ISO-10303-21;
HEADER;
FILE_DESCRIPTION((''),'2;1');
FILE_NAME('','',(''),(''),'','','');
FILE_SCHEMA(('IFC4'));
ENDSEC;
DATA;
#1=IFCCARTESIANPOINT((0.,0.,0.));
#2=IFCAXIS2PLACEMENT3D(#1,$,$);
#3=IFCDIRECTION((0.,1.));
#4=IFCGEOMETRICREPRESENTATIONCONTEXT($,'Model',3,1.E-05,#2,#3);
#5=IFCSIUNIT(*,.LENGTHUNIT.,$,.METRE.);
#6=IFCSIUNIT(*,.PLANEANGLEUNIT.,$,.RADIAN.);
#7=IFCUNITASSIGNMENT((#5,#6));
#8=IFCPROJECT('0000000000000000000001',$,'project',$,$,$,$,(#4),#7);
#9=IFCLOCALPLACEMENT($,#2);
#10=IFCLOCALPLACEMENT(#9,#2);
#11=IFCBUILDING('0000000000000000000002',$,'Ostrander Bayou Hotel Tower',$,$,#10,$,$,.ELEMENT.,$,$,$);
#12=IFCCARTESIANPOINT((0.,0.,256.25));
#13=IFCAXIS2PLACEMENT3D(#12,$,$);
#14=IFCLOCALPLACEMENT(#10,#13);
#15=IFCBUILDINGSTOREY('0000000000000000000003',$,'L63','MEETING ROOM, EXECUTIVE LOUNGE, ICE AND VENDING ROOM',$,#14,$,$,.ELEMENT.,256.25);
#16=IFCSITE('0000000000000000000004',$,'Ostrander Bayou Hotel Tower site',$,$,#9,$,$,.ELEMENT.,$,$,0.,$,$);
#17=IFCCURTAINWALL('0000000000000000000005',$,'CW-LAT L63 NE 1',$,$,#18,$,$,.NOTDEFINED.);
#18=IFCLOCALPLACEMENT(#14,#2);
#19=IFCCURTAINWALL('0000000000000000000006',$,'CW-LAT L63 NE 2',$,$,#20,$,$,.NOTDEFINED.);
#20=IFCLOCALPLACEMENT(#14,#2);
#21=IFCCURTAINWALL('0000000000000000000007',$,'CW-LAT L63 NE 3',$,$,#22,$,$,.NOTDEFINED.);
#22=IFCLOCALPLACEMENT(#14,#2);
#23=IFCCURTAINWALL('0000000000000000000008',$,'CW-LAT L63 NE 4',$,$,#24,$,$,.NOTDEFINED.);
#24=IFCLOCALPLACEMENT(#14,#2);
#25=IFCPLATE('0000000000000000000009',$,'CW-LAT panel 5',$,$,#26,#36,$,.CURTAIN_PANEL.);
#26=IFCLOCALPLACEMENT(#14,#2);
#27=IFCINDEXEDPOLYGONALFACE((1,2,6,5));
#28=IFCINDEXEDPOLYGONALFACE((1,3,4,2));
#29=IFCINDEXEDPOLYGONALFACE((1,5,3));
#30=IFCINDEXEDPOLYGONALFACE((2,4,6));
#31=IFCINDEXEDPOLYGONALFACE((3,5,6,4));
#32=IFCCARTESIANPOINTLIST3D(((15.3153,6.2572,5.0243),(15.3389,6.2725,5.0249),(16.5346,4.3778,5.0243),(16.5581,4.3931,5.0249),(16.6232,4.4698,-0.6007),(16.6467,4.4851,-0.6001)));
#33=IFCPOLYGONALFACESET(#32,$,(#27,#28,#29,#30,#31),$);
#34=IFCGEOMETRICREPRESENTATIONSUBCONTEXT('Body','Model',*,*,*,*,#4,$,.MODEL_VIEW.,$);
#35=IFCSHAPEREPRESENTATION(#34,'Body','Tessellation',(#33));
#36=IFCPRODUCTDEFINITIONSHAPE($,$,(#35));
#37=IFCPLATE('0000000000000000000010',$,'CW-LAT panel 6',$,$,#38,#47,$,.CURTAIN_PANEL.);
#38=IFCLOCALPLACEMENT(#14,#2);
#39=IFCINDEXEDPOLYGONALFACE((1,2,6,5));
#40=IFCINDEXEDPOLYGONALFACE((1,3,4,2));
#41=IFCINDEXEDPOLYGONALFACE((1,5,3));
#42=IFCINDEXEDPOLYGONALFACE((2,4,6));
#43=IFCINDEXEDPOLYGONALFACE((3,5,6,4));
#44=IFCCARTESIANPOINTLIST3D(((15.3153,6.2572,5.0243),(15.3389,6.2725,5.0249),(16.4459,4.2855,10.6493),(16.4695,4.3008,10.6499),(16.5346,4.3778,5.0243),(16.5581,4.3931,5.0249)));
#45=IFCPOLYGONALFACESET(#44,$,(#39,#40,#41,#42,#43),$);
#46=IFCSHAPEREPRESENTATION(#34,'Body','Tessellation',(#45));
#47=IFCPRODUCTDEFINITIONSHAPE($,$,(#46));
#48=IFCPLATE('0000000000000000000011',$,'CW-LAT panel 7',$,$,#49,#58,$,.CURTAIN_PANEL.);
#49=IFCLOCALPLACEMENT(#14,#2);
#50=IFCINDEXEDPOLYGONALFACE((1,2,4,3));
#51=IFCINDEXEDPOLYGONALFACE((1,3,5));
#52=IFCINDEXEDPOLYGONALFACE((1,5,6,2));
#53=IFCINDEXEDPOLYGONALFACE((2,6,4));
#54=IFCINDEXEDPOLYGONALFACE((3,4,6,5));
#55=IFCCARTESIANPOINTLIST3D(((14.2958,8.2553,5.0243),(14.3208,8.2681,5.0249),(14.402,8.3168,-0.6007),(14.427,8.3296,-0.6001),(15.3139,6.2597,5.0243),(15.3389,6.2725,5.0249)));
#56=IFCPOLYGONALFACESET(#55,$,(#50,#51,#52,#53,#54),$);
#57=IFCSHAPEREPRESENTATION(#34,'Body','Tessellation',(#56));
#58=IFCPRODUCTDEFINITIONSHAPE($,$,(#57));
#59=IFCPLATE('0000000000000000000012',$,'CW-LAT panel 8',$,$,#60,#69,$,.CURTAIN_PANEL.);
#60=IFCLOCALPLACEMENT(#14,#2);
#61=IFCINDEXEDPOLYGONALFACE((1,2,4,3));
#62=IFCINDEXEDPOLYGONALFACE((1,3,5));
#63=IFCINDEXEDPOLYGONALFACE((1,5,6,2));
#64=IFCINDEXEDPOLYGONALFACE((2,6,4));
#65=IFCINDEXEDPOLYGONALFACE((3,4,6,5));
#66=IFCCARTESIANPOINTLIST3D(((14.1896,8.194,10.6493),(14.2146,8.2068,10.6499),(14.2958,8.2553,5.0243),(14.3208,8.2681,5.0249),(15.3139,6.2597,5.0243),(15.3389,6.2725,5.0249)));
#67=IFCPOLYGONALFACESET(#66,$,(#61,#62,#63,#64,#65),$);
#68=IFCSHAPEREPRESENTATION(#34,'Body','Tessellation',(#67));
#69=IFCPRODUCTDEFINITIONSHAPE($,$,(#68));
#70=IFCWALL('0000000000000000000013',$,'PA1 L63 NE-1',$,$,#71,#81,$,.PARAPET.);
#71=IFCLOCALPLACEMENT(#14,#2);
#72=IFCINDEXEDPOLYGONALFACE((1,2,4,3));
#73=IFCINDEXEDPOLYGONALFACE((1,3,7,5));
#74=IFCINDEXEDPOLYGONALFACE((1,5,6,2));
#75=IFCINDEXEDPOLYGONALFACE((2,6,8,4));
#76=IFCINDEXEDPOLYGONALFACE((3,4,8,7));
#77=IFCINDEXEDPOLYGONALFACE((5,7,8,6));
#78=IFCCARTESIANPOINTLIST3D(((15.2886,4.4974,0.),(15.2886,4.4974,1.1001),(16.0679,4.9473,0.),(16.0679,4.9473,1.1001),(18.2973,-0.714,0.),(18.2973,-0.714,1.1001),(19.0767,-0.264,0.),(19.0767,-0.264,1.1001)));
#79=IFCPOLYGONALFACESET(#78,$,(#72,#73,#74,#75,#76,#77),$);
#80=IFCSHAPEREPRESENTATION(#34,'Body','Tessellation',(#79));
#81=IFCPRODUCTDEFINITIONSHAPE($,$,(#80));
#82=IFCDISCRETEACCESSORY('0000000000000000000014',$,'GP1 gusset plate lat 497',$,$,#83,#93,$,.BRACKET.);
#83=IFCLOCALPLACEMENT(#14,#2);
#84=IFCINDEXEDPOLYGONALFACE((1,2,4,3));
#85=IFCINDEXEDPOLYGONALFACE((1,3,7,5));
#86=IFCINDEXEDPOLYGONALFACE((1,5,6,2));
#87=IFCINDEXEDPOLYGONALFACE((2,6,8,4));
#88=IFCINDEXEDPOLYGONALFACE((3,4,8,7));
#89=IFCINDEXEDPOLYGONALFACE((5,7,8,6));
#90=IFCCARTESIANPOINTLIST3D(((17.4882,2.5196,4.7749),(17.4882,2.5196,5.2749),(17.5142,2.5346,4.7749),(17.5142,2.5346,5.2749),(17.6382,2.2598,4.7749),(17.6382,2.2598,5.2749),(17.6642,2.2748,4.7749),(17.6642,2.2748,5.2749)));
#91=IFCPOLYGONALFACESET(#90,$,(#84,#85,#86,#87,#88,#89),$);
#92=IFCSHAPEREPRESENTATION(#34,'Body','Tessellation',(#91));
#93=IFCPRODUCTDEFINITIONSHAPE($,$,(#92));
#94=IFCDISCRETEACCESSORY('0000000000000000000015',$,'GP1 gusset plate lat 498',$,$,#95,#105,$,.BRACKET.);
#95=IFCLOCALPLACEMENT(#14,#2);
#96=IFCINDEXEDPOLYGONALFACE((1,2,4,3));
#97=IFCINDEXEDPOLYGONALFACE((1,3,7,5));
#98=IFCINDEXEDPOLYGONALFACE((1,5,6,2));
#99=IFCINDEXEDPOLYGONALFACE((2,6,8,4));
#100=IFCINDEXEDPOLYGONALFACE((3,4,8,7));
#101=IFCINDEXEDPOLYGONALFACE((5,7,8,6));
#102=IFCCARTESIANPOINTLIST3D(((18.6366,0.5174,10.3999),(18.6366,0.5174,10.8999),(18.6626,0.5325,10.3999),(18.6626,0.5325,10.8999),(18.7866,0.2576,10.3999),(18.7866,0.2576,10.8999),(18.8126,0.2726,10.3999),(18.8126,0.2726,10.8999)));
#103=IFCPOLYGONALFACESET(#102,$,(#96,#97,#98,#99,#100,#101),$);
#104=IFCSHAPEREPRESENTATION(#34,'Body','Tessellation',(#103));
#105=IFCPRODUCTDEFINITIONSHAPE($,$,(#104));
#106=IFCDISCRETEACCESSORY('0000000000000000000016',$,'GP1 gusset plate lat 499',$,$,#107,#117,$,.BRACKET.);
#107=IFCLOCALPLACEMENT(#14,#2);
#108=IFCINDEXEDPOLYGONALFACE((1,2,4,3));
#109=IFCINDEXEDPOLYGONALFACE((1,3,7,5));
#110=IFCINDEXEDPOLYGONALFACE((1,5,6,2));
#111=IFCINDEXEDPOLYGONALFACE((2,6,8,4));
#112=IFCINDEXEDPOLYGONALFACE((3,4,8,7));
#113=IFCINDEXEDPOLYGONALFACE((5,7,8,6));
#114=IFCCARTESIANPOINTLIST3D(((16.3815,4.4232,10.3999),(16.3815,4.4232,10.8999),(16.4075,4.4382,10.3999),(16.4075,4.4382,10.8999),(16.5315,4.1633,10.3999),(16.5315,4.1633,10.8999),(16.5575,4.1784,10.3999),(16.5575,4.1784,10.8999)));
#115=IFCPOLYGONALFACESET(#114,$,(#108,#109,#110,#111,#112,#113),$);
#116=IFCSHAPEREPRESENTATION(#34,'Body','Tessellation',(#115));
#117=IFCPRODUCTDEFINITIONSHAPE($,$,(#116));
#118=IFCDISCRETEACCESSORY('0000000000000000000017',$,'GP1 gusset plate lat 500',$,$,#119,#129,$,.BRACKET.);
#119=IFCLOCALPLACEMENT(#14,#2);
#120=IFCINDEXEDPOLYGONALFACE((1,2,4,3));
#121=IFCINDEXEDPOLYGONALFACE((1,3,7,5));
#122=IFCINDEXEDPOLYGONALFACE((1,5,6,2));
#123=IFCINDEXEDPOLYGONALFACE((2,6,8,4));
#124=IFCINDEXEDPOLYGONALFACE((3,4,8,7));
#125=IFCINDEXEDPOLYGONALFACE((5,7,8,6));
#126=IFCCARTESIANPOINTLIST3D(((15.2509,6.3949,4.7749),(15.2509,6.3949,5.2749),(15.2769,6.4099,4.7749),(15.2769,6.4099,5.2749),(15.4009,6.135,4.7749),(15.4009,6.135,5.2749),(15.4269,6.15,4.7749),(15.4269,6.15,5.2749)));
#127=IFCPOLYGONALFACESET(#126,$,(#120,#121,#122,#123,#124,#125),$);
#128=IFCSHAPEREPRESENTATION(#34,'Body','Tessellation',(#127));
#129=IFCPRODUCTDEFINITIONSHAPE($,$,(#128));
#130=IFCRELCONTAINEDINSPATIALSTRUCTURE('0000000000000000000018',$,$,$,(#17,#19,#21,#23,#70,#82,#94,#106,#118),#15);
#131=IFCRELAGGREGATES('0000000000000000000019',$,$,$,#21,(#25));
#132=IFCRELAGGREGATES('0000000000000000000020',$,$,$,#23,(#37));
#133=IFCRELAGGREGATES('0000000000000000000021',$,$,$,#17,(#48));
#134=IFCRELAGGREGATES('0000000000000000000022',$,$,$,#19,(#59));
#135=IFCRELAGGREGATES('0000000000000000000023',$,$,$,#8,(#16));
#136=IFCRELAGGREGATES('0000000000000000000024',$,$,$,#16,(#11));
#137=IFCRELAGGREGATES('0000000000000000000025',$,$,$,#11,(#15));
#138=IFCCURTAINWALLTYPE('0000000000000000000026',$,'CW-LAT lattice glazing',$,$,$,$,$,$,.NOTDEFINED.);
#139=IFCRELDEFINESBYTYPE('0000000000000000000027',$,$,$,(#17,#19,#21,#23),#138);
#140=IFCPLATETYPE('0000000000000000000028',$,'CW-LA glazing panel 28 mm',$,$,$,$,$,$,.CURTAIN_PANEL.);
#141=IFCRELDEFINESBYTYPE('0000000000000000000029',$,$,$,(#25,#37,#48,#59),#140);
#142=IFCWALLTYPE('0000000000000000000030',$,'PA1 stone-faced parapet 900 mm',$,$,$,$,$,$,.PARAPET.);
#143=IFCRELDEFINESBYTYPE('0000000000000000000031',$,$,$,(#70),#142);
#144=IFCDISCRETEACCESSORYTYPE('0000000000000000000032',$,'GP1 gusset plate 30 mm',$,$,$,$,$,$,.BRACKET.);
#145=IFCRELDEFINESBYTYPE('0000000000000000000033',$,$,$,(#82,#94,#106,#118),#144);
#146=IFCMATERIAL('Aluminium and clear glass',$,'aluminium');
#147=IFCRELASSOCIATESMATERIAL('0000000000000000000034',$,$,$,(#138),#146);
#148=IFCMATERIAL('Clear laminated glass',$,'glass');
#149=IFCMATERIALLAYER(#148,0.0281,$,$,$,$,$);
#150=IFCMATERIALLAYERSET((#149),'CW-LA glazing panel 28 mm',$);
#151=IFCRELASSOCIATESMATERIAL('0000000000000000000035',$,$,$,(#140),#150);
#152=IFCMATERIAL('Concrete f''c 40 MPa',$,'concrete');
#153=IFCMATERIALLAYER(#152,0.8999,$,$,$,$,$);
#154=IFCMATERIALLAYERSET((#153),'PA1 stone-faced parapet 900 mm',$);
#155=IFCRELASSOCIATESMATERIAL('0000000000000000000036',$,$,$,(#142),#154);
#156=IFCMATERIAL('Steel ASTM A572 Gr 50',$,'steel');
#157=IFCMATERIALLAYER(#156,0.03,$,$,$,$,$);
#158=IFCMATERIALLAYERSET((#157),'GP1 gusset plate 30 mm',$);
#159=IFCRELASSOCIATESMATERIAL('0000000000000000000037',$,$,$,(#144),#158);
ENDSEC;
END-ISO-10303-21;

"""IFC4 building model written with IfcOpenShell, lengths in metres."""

from ifc_helpers import new_model, si_unit, direction, frame, frame_2d, origin, origin_2d, place, context, subcontext, project, spatial, polyline, rectangle, outline, extrude, material, layer, layer_set, type_object, element, aggregate, save


model = new_model("IFC4")

# Units and contexts
model_context = context("Model", 3, precision=1e-05, world=origin(), true_north=direction((0.0, 1.0)))
body_context = subcontext(model_context, "Body", "Model", "MODEL_VIEW")
ifc_project = project(units=[si_unit("LENGTHUNIT", "METRE"), si_unit("PLANEANGLEUNIT", "RADIAN")], contexts=[model_context])

# Site, building, storey
site_placement = place(None, origin())
site = spatial("IfcSite", under=ifc_project, at=site_placement, Name="Ostrander Bayou Hotel Tower site", CompositionType="ELEMENT", RefElevation=0.0)
building_placement = place(site_placement, origin())
building = spatial("IfcBuilding", under=site, at=building_placement, Name="Ostrander Bayou Hotel Tower", CompositionType="ELEMENT")
storey_placement = place(building_placement, frame((0.0, 0.0, 256.25)))
storey = spatial("IfcBuildingStorey", under=building, at=storey_placement, Name="L63", Description="MEETING ROOM, EXECUTIVE LOUNGE, ICE AND VENDING ROOM", CompositionType="ELEMENT", Elevation=256.25)

# Curtain walls
ifc_material_1 = material(Name="Aluminium and clear glass", Category="aluminium")
curtain_wall_type = type_object("IfcCurtainWallType", Name="CW-LAT lattice glazing", PredefinedType="NOTDEFINED", material=ifc_material_1)
curtain_wall_1_placement = place(storey_placement, origin())
curtain_wall_1 = element("IfcCurtainWall", 1, at=curtain_wall_1_placement, inside=storey, type_object=curtain_wall_type, Name="CW-LAT L63 NE 1", PredefinedType="NOTDEFINED")
curtain_wall_2_placement = place(storey_placement, origin())
curtain_wall_2 = element("IfcCurtainWall", 2, at=curtain_wall_2_placement, inside=storey, type_object=curtain_wall_type, Name="CW-LAT L63 NE 2", PredefinedType="NOTDEFINED")

# Curtain walls
curtain_wall_3_placement = place(storey_placement, origin())
curtain_wall_3 = element("IfcCurtainWall", 3, at=curtain_wall_3_placement, inside=storey, type_object=curtain_wall_type, Name="CW-LAT L63 NE 3", PredefinedType="NOTDEFINED")
ifc_material_2 = material(Name="Clear laminated glass", Category="glass")
ifc_layer_1 = layer(ifc_material_2, 0.0281)
ifc_layer_set_1 = layer_set([ifc_layer_1], Name="CW-LA glazing panel 28 mm")
plate_type = type_object("IfcPlateType", Name="CW-LA glazing panel 28 mm", PredefinedType="CURTAIN_PANEL", material=ifc_layer_set_1)
curtain_wall_4_placement = place(storey_placement, origin())
curtain_wall_4 = element("IfcCurtainWall", 4, at=curtain_wall_4_placement, inside=storey, type_object=curtain_wall_type, Name="CW-LAT L63 NE 4", PredefinedType="NOTDEFINED")

# Plates
plate_1_placement = place(storey_placement, frame((15.3389, 6.2725, 5.0249), z_axis=(0.838721, 0.544112, 0.022117), x_axis=(0.216343, -0.29566, -0.930474)))
plate_1 = element("IfcPlate", 5, at=plate_1_placement, type_object=plate_type, Name="CW-LAT panel 5", PredefinedType="CURTAIN_PANEL", context=body_context, shape_type="SweptSolid", body=[
    extrude(outline(polyline([(0.0, 0.0), (6.0453, 0.0), (0.8194, -2.085), (0.0, 0.0)])), origin(), (0.0, 0.0, -1.0), 0.0281),
])
aggregate(curtain_wall_3, [plate_1])
plate_2_placement = place(storey_placement, frame((15.3389, 6.2725, 5.0249), z_axis=(0.838721, 0.544112, 0.022141), x_axis=(0.18636, -0.324993, 0.927173)))
plate_2 = element("IfcPlate", 6, at=plate_2_placement, type_object=plate_type, Name="CW-LAT panel 6", PredefinedType="CURTAIN_PANEL", context=body_context, shape_type="SweptSolid", body=[
    extrude(outline(polyline([(0.0, 0.0), (6.0668, 0.0), (0.838, 2.0776), (0.0, 0.0)])), origin(), (0.0, 0.0, -1.0), 0.0281),
])
aggregate(curtain_wall_4, [plate_2])
plate_3_placement = place(storey_placement, frame((15.3389, 6.2725, 5.0249), z_axis=(0.890569, 0.454327, 0.021783), x_axis=(-0.150513, 0.339551, -0.928467)))
plate_3 = element("IfcPlate", 7, at=plate_3_placement, type_object=plate_type, Name="CW-LAT panel 7", PredefinedType="CURTAIN_PANEL", context=body_context, shape_type="SweptSolid", body=[
    extrude(outline(polyline([(0.0, 0.0), (6.0584, 0.0), (0.8308, 2.0805), (0.0, 0.0)])), origin(), (0.0, 0.0, -1.0), 0.0281),
])
aggregate(curtain_wall_1, [plate_3])
plate_4_placement = place(storey_placement, frame((15.3389, 6.2725, 5.0249), z_axis=(0.890569, 0.454327, 0.021764), x_axis=(-0.185718, 0.319533, 0.929197)))
plate_4 = element("IfcPlate", 8, at=plate_4_placement, type_object=plate_type, Name="CW-LAT panel 8", PredefinedType="CURTAIN_PANEL", context=body_context, shape_type="SweptSolid", body=[
    extrude(outline(polyline([(0.0, 0.0), (6.0536, 0.0), (0.8267, -2.0822), (0.0, 0.0)])), origin(), (0.0, 0.0, -1.0), 0.0281),
])
aggregate(curtain_wall_2, [plate_4])

# Wall
ifc_material_3 = material(Name="Concrete f'c 40 MPa", Category="concrete")
ifc_layer_2 = layer(ifc_material_3, 0.8999)
ifc_layer_set_2 = layer_set([ifc_layer_2], Name="PA1 stone-faced parapet 900 mm")
wall_type = type_object("IfcWallType", Name="PA1 stone-faced parapet 900 mm", PredefinedType="PARAPET", material=ifc_layer_set_2)
wall_placement = place(storey_placement, frame((18.687, -0.489, 0.0), z_axis=(0.0, 0.0, 1.0), x_axis=(-0.499996, 0.866027, 0.0)))
element("IfcWall", 9, at=wall_placement, inside=storey, type_object=wall_type, Name="PA1 L63 NE-1", PredefinedType="PARAPET", context=body_context, shape_type="SweptSolid", body=[
    extrude(rectangle(XDim=6.0176, YDim=0.8999, at=frame_2d((3.0088, 0.0))), origin(), (0.0, 0.0, 1.0), 1.1001),
])

# Discrete accessories
ifc_material_4 = material(Name="Steel ASTM A572 Gr 50", Category="steel")
ifc_layer_3 = layer(ifc_material_4, 0.03)
ifc_layer_set_3 = layer_set([ifc_layer_3], Name="GP1 gusset plate 30 mm")
discrete_accessory_type = type_object("IfcDiscreteAccessoryType", Name="GP1 gusset plate 30 mm", PredefinedType="BRACKET", material=ifc_layer_set_3)
for number, where, z_axis, x_axis, name in (
    (10, (17.5762, 2.3972, 4.7749), (0.0, 0.0, 1.0), (-0.5, 0.866025, 0.0), "GP1 gusset plate lat 497"),
    (11, (18.7246, 0.395, 10.3999), (0.0, 0.0, 1.0), (-0.5, 0.866025, 0.0), "GP1 gusset plate lat 498"),
    (12, (16.4695, 4.3008, 10.3999), (0.0, 0.0, 1.0), (-0.5, 0.866025, 0.0), "GP1 gusset plate lat 499"),
    (13, (15.3389, 6.2725, 4.7749), (0.0, 0.0, 1.0), (-0.5, 0.866025, 0.0), "GP1 gusset plate lat 500"),
):
    element("IfcDiscreteAccessory", number, at=place(storey_placement, frame(where, z_axis=z_axis, x_axis=x_axis)), inside=storey, type_object=discrete_accessory_type, Name=name, PredefinedType="BRACKET", context=body_context, shape_type="SweptSolid", body=[
        extrude(rectangle(XDim=0.3, YDim=0.03, at=origin_2d()), origin(), (0.0, 0.0, 1.0), 0.5),
    ])

save(model, "model.ifc")
